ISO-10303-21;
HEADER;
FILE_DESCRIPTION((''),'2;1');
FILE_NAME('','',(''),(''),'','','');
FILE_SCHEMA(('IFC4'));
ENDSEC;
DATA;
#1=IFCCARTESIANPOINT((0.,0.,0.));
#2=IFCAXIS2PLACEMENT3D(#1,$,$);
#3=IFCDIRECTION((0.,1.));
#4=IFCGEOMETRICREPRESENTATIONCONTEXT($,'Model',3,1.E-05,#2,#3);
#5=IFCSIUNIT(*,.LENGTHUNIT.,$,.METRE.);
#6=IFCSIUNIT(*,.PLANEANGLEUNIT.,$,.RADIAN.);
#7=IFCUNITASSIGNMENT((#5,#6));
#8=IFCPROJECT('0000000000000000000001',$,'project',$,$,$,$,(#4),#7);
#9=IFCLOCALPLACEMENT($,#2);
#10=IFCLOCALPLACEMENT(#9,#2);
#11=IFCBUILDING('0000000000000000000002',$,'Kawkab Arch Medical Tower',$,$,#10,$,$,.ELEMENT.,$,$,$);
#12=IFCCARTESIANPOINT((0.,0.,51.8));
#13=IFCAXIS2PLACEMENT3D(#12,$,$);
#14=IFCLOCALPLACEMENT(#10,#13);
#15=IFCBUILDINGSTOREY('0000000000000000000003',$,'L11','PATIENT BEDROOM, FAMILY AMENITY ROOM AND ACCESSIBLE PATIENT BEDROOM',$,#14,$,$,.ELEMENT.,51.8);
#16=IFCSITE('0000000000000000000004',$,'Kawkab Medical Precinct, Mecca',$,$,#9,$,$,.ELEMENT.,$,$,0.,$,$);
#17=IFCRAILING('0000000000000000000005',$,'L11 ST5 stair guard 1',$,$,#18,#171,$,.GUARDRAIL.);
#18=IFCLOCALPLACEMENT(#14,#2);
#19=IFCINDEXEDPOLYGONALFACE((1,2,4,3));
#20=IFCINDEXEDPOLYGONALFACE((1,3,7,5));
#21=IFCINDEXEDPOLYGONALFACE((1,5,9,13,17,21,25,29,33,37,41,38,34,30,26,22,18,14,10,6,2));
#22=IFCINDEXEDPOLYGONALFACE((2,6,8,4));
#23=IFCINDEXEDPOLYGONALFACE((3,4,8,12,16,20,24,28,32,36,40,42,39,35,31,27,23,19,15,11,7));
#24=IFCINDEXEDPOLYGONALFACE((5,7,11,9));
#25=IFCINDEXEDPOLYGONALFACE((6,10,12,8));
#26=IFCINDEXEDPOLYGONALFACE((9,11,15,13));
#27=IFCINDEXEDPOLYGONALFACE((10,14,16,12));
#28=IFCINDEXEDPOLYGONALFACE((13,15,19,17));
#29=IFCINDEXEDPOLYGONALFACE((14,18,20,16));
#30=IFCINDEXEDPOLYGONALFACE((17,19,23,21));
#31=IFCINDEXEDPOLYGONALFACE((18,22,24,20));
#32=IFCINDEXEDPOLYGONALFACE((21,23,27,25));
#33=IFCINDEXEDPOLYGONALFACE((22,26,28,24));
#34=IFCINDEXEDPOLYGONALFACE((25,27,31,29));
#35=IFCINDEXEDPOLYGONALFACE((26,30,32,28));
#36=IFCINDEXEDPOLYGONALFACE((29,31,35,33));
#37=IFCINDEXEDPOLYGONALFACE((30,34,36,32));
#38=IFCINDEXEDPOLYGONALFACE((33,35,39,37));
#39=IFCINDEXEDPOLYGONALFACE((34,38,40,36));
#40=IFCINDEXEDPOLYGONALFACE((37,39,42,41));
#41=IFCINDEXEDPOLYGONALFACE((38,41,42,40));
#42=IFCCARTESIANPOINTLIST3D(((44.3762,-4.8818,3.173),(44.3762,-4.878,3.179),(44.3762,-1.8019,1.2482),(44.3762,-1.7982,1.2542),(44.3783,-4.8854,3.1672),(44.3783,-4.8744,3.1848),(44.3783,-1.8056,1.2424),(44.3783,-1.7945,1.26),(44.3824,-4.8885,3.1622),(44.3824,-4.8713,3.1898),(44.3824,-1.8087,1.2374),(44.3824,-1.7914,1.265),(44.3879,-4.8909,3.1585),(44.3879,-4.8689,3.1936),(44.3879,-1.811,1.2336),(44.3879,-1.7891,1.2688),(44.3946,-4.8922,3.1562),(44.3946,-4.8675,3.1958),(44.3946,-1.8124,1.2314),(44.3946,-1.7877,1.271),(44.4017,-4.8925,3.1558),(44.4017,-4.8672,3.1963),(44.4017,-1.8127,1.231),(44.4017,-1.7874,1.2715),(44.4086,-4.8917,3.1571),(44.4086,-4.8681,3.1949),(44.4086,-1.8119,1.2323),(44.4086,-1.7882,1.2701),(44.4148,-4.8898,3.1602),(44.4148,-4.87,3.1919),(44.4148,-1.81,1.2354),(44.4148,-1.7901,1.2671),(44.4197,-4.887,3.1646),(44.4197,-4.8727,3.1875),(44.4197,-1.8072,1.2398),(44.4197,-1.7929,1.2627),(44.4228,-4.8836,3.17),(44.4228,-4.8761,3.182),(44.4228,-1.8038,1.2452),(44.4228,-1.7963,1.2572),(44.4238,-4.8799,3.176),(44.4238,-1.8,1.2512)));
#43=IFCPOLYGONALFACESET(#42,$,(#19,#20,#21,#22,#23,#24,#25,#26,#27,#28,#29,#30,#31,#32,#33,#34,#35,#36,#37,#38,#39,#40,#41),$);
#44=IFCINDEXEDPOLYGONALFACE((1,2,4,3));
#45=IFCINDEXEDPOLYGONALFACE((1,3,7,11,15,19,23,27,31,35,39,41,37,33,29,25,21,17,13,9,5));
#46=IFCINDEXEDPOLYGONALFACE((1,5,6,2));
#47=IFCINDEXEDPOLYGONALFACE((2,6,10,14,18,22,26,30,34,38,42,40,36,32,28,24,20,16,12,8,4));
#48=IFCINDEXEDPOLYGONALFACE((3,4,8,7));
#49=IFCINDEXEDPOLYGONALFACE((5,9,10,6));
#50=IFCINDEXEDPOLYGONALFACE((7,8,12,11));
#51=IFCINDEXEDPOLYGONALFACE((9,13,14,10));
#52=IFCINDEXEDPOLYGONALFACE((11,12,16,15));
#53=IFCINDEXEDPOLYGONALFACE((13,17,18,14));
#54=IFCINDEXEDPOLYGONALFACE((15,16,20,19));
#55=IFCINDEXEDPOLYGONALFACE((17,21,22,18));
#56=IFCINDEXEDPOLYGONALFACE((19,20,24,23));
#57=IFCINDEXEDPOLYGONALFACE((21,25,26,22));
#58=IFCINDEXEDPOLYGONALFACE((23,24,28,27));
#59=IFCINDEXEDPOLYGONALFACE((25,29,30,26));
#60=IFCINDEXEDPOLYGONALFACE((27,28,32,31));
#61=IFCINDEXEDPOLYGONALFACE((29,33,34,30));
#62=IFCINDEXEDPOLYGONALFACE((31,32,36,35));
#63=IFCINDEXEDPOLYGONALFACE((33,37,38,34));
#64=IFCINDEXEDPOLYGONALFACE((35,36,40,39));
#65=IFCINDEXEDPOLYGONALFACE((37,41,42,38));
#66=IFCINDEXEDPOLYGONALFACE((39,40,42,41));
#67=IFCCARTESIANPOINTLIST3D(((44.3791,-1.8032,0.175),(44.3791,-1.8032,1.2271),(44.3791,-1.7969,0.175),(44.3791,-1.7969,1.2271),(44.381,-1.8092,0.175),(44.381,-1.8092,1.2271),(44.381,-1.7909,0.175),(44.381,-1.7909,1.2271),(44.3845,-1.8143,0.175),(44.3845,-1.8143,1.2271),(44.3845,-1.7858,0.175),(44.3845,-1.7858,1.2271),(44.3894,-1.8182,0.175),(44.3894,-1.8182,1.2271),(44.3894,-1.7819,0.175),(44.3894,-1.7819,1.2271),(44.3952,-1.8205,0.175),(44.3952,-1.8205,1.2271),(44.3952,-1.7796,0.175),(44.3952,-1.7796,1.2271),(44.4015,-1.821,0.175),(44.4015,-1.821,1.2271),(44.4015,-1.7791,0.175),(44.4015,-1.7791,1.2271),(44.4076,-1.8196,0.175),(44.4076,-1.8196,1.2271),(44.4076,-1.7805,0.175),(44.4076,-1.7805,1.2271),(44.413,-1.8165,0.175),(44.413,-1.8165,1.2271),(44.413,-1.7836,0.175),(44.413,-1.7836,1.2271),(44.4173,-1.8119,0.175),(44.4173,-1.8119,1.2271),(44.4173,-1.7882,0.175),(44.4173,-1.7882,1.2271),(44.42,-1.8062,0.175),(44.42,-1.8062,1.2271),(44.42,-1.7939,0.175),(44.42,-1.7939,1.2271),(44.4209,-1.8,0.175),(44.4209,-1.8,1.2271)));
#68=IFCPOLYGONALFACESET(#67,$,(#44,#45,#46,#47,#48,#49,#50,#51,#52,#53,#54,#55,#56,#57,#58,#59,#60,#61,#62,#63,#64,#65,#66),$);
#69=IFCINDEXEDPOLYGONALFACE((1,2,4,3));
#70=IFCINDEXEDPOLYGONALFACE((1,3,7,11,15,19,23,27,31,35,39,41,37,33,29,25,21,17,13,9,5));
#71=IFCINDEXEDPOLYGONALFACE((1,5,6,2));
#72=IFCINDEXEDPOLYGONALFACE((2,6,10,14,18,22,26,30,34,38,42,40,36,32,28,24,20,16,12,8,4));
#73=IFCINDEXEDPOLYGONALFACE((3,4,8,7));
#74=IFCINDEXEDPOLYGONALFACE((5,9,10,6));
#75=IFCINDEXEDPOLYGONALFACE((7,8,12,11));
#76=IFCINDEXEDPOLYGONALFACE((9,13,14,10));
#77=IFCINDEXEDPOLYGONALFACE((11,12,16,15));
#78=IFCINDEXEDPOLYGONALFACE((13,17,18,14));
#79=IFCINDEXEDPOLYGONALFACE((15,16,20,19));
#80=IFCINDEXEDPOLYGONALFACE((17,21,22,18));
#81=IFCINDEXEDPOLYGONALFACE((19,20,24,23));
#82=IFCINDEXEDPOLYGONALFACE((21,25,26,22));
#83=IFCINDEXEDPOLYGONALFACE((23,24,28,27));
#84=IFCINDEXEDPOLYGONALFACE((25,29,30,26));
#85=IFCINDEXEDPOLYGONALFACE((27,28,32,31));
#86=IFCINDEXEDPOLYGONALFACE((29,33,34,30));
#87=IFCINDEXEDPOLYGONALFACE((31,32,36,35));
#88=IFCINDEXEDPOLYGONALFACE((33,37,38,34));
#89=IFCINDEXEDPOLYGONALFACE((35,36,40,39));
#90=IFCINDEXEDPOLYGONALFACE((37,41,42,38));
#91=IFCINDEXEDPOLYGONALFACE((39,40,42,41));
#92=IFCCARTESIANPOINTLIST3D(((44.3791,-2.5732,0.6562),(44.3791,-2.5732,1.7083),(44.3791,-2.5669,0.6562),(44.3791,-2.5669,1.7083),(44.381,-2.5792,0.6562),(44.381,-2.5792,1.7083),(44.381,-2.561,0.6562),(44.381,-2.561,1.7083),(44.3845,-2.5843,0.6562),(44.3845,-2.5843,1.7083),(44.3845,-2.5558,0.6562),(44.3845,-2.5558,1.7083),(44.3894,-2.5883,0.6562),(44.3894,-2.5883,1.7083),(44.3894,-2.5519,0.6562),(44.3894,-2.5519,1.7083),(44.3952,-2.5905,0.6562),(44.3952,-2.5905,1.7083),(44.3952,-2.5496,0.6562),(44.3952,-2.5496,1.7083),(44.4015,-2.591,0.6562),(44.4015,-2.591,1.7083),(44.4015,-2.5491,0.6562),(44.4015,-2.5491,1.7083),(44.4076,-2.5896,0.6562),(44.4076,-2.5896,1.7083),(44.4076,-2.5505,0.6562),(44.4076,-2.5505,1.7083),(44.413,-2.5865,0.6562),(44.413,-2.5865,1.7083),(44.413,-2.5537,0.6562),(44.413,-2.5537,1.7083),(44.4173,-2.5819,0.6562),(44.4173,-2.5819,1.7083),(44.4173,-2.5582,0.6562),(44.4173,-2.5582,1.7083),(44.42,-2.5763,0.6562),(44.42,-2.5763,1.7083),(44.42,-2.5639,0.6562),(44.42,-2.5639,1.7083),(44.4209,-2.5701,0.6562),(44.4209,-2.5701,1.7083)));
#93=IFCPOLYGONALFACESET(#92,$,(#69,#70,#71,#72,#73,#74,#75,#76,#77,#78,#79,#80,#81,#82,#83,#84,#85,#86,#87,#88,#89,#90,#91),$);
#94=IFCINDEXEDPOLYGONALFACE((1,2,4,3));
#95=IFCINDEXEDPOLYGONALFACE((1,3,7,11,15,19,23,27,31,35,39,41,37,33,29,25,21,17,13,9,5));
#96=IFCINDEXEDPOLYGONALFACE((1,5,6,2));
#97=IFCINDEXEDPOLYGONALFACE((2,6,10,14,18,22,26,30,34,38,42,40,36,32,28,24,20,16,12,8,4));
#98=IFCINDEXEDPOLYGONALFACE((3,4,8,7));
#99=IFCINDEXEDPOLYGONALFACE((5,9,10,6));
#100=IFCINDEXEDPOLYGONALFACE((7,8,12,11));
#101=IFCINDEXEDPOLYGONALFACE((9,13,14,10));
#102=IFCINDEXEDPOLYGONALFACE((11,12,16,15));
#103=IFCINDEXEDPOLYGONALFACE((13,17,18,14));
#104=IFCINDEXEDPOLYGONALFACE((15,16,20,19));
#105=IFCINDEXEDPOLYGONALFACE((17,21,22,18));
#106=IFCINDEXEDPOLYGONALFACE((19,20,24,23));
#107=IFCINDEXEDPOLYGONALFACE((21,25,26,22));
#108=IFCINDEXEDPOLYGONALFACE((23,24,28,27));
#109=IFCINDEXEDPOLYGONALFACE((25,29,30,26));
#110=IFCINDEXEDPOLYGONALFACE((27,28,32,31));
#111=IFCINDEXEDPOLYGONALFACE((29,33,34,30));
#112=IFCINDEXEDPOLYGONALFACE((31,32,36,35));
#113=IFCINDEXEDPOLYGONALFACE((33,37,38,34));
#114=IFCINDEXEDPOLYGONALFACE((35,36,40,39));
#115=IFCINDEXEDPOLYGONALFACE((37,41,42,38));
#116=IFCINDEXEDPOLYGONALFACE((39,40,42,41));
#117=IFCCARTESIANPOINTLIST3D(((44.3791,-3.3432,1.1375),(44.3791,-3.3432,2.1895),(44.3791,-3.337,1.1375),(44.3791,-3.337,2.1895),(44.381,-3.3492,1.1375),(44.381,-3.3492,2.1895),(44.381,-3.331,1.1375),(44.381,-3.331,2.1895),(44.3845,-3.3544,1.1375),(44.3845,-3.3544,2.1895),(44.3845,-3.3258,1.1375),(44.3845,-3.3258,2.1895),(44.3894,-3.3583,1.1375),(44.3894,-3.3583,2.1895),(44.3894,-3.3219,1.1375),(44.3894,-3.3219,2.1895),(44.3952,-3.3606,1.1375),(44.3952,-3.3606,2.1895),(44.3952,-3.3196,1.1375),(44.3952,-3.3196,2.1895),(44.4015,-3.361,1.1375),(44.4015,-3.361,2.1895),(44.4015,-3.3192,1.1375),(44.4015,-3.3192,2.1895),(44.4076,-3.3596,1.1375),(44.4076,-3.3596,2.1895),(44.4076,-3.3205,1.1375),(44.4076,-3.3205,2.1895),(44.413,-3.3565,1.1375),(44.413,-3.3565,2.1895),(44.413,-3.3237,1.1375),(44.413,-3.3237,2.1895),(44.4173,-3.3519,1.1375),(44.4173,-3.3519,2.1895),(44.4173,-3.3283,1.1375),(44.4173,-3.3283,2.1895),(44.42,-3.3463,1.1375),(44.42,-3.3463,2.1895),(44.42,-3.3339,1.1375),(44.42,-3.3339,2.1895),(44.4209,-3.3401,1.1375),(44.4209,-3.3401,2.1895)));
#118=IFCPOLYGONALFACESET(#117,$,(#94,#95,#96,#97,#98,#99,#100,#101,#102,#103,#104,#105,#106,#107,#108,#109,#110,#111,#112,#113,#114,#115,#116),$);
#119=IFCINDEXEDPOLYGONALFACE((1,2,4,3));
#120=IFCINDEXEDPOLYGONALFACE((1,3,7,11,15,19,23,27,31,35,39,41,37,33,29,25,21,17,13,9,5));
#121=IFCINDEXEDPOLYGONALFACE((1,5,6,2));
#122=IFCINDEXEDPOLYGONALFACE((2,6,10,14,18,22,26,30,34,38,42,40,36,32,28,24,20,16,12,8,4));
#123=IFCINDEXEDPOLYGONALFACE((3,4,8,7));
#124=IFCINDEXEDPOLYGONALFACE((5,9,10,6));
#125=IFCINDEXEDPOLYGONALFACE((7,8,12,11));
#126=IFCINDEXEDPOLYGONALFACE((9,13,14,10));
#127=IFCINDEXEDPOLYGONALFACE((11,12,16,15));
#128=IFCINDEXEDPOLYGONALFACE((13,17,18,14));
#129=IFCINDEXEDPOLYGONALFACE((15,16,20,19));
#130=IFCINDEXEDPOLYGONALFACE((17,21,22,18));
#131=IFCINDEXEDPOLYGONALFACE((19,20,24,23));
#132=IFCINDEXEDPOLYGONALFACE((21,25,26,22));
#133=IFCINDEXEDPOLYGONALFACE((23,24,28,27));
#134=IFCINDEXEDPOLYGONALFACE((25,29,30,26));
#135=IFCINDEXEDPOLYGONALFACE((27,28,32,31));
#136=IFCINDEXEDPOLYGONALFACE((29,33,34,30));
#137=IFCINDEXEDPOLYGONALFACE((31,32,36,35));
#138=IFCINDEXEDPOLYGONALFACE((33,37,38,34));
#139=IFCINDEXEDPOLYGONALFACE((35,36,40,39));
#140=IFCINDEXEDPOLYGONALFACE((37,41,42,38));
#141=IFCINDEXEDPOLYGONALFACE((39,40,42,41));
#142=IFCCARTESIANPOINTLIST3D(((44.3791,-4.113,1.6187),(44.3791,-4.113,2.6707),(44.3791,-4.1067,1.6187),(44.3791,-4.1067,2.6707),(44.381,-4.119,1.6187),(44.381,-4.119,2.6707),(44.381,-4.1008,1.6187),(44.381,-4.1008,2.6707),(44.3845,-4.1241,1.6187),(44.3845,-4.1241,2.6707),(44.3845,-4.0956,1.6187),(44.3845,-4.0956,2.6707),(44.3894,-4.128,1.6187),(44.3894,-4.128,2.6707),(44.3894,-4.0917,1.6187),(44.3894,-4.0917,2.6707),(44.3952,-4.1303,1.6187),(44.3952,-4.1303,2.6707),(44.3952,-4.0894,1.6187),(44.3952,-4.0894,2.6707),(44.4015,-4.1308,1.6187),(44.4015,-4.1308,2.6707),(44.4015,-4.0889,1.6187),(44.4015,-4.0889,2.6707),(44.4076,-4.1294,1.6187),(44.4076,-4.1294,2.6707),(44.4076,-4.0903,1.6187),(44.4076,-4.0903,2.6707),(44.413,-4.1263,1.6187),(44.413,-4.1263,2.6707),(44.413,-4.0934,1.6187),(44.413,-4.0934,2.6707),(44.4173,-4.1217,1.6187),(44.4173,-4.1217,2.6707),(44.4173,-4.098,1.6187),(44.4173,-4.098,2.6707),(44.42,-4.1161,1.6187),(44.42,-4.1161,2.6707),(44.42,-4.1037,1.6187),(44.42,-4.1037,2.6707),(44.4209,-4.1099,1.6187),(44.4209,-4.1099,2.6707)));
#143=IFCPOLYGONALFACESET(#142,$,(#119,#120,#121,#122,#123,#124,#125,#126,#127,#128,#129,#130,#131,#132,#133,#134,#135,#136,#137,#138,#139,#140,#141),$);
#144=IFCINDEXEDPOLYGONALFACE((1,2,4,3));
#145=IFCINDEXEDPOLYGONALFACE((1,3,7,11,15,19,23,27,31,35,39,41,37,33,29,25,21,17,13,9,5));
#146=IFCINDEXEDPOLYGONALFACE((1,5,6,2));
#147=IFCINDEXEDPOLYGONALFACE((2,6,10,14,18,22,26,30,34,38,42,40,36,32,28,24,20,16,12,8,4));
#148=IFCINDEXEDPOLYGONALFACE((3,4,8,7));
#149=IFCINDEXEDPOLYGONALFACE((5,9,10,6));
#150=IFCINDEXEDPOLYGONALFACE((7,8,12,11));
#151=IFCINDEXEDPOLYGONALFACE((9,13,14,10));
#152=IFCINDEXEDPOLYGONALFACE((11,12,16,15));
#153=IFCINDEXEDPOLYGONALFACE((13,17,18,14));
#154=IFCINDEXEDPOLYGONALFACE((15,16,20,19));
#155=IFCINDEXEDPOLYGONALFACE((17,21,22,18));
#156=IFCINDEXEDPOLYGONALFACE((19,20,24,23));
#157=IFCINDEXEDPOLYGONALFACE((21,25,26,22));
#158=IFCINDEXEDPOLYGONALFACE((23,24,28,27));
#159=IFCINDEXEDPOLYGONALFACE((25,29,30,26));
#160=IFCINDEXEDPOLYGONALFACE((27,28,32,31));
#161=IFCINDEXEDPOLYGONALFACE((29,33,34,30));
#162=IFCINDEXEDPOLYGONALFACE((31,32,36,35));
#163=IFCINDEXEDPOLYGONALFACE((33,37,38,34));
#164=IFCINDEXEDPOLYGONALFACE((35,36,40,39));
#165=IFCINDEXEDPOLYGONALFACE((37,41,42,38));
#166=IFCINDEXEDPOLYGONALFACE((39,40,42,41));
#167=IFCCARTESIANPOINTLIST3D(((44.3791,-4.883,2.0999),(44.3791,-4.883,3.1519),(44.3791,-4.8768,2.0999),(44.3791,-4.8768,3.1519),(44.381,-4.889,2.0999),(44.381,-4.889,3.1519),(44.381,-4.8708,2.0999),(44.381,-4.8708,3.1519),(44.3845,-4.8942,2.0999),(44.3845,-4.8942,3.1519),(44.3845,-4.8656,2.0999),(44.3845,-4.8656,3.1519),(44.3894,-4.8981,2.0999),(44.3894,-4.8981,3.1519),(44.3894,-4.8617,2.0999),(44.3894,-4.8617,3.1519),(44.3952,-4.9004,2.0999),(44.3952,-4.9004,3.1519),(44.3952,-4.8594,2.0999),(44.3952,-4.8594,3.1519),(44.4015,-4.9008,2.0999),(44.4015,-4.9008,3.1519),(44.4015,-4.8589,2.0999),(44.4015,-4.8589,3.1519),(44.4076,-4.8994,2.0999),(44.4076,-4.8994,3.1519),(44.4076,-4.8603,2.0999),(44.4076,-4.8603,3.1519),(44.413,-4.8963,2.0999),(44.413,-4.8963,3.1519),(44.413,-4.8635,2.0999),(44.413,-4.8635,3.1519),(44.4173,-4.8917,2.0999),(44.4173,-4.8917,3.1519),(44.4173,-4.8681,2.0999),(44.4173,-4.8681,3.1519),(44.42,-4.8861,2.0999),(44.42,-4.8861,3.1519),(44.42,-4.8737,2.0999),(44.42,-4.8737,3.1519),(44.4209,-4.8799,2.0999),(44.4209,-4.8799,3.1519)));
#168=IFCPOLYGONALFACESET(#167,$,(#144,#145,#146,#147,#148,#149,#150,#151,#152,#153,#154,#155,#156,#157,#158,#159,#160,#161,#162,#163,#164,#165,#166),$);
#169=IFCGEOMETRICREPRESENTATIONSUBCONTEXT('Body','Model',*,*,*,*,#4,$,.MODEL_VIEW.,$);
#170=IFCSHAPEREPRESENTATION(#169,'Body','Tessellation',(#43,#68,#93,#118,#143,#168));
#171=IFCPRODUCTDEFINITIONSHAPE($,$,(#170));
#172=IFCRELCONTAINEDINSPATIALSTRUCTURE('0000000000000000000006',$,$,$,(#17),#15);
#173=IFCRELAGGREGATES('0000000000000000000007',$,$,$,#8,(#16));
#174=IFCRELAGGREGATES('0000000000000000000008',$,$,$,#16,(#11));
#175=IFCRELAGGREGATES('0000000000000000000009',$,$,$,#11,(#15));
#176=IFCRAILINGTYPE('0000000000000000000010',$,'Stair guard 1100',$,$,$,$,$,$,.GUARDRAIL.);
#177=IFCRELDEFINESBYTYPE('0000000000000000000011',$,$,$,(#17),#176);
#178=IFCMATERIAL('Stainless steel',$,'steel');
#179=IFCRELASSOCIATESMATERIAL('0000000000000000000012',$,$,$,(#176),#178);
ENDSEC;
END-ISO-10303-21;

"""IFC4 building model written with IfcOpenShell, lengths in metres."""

from ifc_helpers import new_model, si_unit, direction, frame, origin, origin_2d, place, context, subcontext, project, spatial, circle, extrude, material, type_object, element, save


model = new_model("IFC4")

# Units and contexts
model_context = context("Model", 3, precision=1e-05, world=origin(), true_north=direction((0.0, 1.0)))
body_context = subcontext(model_context, "Body", "Model", "MODEL_VIEW")
ifc_project = project(units=[si_unit("LENGTHUNIT", "METRE"), si_unit("PLANEANGLEUNIT", "RADIAN")], contexts=[model_context])

# Site, building, storey
site_placement = place(None, origin())
site = spatial("IfcSite", under=ifc_project, at=site_placement, Name="Kawkab Medical Precinct, Mecca", CompositionType="ELEMENT", RefElevation=0.0)
building_placement = place(site_placement, origin())
building = spatial("IfcBuilding", under=site, at=building_placement, Name="Kawkab Arch Medical Tower", CompositionType="ELEMENT")
storey_placement = place(building_placement, frame((0.0, 0.0, 51.8)))
storey = spatial("IfcBuildingStorey", under=building, at=storey_placement, Name="L11", Description="PATIENT BEDROOM, FAMILY AMENITY ROOM AND ACCESSIBLE PATIENT BEDROOM", CompositionType="ELEMENT", Elevation=51.8)

# Railing
ifc_material_1 = material(Name="Stainless steel", Category="steel")
railing_type = type_object("IfcRailingType", Name="Stair guard 1100", PredefinedType="GUARDRAIL", material=ifc_material_1)
railing_1_placement = place(storey_placement, frame((44.3999, -1.8, 0.175)))
element("IfcRailing", 1, at=railing_1_placement, inside=storey, type_object=railing_type, Name="L11 ST5 stair guard 1", PredefinedType="GUARDRAIL", context=body_context, shape_type="SweptSolid", body=[
    extrude(circle(Radius=0.0239, at=origin_2d()), frame((0.0, 0.0, 1.0762), z_axis=(0.0, -0.84801, 0.529981), x_axis=(1.0, 0.0, 0.0)), (0.0, 0.0, 1.0), 3.6318),
    extrude(circle(Radius=0.021, at=origin_2d()), origin(), (0.0, 0.0, 1.0), 1.052),
    extrude(circle(Radius=0.021, at=origin_2d()), frame((0.0, -0.77, 0.4812)), (0.0, 0.0, 1.0), 1.052),
    extrude(circle(Radius=0.021, at=origin_2d()), frame((0.0, -1.54, 0.9624)), (0.0, 0.0, 1.0), 1.052),
    extrude(circle(Radius=0.021, at=origin_2d()), frame((0.0, -2.3098, 1.4436)), (0.0, 0.0, 1.0), 1.052),
    extrude(circle(Radius=0.021, at=origin_2d()), frame((0.0, -3.0798, 1.9248)), (0.0, 0.0, 1.0), 1.052),
])

save(model, "model.ifc")
